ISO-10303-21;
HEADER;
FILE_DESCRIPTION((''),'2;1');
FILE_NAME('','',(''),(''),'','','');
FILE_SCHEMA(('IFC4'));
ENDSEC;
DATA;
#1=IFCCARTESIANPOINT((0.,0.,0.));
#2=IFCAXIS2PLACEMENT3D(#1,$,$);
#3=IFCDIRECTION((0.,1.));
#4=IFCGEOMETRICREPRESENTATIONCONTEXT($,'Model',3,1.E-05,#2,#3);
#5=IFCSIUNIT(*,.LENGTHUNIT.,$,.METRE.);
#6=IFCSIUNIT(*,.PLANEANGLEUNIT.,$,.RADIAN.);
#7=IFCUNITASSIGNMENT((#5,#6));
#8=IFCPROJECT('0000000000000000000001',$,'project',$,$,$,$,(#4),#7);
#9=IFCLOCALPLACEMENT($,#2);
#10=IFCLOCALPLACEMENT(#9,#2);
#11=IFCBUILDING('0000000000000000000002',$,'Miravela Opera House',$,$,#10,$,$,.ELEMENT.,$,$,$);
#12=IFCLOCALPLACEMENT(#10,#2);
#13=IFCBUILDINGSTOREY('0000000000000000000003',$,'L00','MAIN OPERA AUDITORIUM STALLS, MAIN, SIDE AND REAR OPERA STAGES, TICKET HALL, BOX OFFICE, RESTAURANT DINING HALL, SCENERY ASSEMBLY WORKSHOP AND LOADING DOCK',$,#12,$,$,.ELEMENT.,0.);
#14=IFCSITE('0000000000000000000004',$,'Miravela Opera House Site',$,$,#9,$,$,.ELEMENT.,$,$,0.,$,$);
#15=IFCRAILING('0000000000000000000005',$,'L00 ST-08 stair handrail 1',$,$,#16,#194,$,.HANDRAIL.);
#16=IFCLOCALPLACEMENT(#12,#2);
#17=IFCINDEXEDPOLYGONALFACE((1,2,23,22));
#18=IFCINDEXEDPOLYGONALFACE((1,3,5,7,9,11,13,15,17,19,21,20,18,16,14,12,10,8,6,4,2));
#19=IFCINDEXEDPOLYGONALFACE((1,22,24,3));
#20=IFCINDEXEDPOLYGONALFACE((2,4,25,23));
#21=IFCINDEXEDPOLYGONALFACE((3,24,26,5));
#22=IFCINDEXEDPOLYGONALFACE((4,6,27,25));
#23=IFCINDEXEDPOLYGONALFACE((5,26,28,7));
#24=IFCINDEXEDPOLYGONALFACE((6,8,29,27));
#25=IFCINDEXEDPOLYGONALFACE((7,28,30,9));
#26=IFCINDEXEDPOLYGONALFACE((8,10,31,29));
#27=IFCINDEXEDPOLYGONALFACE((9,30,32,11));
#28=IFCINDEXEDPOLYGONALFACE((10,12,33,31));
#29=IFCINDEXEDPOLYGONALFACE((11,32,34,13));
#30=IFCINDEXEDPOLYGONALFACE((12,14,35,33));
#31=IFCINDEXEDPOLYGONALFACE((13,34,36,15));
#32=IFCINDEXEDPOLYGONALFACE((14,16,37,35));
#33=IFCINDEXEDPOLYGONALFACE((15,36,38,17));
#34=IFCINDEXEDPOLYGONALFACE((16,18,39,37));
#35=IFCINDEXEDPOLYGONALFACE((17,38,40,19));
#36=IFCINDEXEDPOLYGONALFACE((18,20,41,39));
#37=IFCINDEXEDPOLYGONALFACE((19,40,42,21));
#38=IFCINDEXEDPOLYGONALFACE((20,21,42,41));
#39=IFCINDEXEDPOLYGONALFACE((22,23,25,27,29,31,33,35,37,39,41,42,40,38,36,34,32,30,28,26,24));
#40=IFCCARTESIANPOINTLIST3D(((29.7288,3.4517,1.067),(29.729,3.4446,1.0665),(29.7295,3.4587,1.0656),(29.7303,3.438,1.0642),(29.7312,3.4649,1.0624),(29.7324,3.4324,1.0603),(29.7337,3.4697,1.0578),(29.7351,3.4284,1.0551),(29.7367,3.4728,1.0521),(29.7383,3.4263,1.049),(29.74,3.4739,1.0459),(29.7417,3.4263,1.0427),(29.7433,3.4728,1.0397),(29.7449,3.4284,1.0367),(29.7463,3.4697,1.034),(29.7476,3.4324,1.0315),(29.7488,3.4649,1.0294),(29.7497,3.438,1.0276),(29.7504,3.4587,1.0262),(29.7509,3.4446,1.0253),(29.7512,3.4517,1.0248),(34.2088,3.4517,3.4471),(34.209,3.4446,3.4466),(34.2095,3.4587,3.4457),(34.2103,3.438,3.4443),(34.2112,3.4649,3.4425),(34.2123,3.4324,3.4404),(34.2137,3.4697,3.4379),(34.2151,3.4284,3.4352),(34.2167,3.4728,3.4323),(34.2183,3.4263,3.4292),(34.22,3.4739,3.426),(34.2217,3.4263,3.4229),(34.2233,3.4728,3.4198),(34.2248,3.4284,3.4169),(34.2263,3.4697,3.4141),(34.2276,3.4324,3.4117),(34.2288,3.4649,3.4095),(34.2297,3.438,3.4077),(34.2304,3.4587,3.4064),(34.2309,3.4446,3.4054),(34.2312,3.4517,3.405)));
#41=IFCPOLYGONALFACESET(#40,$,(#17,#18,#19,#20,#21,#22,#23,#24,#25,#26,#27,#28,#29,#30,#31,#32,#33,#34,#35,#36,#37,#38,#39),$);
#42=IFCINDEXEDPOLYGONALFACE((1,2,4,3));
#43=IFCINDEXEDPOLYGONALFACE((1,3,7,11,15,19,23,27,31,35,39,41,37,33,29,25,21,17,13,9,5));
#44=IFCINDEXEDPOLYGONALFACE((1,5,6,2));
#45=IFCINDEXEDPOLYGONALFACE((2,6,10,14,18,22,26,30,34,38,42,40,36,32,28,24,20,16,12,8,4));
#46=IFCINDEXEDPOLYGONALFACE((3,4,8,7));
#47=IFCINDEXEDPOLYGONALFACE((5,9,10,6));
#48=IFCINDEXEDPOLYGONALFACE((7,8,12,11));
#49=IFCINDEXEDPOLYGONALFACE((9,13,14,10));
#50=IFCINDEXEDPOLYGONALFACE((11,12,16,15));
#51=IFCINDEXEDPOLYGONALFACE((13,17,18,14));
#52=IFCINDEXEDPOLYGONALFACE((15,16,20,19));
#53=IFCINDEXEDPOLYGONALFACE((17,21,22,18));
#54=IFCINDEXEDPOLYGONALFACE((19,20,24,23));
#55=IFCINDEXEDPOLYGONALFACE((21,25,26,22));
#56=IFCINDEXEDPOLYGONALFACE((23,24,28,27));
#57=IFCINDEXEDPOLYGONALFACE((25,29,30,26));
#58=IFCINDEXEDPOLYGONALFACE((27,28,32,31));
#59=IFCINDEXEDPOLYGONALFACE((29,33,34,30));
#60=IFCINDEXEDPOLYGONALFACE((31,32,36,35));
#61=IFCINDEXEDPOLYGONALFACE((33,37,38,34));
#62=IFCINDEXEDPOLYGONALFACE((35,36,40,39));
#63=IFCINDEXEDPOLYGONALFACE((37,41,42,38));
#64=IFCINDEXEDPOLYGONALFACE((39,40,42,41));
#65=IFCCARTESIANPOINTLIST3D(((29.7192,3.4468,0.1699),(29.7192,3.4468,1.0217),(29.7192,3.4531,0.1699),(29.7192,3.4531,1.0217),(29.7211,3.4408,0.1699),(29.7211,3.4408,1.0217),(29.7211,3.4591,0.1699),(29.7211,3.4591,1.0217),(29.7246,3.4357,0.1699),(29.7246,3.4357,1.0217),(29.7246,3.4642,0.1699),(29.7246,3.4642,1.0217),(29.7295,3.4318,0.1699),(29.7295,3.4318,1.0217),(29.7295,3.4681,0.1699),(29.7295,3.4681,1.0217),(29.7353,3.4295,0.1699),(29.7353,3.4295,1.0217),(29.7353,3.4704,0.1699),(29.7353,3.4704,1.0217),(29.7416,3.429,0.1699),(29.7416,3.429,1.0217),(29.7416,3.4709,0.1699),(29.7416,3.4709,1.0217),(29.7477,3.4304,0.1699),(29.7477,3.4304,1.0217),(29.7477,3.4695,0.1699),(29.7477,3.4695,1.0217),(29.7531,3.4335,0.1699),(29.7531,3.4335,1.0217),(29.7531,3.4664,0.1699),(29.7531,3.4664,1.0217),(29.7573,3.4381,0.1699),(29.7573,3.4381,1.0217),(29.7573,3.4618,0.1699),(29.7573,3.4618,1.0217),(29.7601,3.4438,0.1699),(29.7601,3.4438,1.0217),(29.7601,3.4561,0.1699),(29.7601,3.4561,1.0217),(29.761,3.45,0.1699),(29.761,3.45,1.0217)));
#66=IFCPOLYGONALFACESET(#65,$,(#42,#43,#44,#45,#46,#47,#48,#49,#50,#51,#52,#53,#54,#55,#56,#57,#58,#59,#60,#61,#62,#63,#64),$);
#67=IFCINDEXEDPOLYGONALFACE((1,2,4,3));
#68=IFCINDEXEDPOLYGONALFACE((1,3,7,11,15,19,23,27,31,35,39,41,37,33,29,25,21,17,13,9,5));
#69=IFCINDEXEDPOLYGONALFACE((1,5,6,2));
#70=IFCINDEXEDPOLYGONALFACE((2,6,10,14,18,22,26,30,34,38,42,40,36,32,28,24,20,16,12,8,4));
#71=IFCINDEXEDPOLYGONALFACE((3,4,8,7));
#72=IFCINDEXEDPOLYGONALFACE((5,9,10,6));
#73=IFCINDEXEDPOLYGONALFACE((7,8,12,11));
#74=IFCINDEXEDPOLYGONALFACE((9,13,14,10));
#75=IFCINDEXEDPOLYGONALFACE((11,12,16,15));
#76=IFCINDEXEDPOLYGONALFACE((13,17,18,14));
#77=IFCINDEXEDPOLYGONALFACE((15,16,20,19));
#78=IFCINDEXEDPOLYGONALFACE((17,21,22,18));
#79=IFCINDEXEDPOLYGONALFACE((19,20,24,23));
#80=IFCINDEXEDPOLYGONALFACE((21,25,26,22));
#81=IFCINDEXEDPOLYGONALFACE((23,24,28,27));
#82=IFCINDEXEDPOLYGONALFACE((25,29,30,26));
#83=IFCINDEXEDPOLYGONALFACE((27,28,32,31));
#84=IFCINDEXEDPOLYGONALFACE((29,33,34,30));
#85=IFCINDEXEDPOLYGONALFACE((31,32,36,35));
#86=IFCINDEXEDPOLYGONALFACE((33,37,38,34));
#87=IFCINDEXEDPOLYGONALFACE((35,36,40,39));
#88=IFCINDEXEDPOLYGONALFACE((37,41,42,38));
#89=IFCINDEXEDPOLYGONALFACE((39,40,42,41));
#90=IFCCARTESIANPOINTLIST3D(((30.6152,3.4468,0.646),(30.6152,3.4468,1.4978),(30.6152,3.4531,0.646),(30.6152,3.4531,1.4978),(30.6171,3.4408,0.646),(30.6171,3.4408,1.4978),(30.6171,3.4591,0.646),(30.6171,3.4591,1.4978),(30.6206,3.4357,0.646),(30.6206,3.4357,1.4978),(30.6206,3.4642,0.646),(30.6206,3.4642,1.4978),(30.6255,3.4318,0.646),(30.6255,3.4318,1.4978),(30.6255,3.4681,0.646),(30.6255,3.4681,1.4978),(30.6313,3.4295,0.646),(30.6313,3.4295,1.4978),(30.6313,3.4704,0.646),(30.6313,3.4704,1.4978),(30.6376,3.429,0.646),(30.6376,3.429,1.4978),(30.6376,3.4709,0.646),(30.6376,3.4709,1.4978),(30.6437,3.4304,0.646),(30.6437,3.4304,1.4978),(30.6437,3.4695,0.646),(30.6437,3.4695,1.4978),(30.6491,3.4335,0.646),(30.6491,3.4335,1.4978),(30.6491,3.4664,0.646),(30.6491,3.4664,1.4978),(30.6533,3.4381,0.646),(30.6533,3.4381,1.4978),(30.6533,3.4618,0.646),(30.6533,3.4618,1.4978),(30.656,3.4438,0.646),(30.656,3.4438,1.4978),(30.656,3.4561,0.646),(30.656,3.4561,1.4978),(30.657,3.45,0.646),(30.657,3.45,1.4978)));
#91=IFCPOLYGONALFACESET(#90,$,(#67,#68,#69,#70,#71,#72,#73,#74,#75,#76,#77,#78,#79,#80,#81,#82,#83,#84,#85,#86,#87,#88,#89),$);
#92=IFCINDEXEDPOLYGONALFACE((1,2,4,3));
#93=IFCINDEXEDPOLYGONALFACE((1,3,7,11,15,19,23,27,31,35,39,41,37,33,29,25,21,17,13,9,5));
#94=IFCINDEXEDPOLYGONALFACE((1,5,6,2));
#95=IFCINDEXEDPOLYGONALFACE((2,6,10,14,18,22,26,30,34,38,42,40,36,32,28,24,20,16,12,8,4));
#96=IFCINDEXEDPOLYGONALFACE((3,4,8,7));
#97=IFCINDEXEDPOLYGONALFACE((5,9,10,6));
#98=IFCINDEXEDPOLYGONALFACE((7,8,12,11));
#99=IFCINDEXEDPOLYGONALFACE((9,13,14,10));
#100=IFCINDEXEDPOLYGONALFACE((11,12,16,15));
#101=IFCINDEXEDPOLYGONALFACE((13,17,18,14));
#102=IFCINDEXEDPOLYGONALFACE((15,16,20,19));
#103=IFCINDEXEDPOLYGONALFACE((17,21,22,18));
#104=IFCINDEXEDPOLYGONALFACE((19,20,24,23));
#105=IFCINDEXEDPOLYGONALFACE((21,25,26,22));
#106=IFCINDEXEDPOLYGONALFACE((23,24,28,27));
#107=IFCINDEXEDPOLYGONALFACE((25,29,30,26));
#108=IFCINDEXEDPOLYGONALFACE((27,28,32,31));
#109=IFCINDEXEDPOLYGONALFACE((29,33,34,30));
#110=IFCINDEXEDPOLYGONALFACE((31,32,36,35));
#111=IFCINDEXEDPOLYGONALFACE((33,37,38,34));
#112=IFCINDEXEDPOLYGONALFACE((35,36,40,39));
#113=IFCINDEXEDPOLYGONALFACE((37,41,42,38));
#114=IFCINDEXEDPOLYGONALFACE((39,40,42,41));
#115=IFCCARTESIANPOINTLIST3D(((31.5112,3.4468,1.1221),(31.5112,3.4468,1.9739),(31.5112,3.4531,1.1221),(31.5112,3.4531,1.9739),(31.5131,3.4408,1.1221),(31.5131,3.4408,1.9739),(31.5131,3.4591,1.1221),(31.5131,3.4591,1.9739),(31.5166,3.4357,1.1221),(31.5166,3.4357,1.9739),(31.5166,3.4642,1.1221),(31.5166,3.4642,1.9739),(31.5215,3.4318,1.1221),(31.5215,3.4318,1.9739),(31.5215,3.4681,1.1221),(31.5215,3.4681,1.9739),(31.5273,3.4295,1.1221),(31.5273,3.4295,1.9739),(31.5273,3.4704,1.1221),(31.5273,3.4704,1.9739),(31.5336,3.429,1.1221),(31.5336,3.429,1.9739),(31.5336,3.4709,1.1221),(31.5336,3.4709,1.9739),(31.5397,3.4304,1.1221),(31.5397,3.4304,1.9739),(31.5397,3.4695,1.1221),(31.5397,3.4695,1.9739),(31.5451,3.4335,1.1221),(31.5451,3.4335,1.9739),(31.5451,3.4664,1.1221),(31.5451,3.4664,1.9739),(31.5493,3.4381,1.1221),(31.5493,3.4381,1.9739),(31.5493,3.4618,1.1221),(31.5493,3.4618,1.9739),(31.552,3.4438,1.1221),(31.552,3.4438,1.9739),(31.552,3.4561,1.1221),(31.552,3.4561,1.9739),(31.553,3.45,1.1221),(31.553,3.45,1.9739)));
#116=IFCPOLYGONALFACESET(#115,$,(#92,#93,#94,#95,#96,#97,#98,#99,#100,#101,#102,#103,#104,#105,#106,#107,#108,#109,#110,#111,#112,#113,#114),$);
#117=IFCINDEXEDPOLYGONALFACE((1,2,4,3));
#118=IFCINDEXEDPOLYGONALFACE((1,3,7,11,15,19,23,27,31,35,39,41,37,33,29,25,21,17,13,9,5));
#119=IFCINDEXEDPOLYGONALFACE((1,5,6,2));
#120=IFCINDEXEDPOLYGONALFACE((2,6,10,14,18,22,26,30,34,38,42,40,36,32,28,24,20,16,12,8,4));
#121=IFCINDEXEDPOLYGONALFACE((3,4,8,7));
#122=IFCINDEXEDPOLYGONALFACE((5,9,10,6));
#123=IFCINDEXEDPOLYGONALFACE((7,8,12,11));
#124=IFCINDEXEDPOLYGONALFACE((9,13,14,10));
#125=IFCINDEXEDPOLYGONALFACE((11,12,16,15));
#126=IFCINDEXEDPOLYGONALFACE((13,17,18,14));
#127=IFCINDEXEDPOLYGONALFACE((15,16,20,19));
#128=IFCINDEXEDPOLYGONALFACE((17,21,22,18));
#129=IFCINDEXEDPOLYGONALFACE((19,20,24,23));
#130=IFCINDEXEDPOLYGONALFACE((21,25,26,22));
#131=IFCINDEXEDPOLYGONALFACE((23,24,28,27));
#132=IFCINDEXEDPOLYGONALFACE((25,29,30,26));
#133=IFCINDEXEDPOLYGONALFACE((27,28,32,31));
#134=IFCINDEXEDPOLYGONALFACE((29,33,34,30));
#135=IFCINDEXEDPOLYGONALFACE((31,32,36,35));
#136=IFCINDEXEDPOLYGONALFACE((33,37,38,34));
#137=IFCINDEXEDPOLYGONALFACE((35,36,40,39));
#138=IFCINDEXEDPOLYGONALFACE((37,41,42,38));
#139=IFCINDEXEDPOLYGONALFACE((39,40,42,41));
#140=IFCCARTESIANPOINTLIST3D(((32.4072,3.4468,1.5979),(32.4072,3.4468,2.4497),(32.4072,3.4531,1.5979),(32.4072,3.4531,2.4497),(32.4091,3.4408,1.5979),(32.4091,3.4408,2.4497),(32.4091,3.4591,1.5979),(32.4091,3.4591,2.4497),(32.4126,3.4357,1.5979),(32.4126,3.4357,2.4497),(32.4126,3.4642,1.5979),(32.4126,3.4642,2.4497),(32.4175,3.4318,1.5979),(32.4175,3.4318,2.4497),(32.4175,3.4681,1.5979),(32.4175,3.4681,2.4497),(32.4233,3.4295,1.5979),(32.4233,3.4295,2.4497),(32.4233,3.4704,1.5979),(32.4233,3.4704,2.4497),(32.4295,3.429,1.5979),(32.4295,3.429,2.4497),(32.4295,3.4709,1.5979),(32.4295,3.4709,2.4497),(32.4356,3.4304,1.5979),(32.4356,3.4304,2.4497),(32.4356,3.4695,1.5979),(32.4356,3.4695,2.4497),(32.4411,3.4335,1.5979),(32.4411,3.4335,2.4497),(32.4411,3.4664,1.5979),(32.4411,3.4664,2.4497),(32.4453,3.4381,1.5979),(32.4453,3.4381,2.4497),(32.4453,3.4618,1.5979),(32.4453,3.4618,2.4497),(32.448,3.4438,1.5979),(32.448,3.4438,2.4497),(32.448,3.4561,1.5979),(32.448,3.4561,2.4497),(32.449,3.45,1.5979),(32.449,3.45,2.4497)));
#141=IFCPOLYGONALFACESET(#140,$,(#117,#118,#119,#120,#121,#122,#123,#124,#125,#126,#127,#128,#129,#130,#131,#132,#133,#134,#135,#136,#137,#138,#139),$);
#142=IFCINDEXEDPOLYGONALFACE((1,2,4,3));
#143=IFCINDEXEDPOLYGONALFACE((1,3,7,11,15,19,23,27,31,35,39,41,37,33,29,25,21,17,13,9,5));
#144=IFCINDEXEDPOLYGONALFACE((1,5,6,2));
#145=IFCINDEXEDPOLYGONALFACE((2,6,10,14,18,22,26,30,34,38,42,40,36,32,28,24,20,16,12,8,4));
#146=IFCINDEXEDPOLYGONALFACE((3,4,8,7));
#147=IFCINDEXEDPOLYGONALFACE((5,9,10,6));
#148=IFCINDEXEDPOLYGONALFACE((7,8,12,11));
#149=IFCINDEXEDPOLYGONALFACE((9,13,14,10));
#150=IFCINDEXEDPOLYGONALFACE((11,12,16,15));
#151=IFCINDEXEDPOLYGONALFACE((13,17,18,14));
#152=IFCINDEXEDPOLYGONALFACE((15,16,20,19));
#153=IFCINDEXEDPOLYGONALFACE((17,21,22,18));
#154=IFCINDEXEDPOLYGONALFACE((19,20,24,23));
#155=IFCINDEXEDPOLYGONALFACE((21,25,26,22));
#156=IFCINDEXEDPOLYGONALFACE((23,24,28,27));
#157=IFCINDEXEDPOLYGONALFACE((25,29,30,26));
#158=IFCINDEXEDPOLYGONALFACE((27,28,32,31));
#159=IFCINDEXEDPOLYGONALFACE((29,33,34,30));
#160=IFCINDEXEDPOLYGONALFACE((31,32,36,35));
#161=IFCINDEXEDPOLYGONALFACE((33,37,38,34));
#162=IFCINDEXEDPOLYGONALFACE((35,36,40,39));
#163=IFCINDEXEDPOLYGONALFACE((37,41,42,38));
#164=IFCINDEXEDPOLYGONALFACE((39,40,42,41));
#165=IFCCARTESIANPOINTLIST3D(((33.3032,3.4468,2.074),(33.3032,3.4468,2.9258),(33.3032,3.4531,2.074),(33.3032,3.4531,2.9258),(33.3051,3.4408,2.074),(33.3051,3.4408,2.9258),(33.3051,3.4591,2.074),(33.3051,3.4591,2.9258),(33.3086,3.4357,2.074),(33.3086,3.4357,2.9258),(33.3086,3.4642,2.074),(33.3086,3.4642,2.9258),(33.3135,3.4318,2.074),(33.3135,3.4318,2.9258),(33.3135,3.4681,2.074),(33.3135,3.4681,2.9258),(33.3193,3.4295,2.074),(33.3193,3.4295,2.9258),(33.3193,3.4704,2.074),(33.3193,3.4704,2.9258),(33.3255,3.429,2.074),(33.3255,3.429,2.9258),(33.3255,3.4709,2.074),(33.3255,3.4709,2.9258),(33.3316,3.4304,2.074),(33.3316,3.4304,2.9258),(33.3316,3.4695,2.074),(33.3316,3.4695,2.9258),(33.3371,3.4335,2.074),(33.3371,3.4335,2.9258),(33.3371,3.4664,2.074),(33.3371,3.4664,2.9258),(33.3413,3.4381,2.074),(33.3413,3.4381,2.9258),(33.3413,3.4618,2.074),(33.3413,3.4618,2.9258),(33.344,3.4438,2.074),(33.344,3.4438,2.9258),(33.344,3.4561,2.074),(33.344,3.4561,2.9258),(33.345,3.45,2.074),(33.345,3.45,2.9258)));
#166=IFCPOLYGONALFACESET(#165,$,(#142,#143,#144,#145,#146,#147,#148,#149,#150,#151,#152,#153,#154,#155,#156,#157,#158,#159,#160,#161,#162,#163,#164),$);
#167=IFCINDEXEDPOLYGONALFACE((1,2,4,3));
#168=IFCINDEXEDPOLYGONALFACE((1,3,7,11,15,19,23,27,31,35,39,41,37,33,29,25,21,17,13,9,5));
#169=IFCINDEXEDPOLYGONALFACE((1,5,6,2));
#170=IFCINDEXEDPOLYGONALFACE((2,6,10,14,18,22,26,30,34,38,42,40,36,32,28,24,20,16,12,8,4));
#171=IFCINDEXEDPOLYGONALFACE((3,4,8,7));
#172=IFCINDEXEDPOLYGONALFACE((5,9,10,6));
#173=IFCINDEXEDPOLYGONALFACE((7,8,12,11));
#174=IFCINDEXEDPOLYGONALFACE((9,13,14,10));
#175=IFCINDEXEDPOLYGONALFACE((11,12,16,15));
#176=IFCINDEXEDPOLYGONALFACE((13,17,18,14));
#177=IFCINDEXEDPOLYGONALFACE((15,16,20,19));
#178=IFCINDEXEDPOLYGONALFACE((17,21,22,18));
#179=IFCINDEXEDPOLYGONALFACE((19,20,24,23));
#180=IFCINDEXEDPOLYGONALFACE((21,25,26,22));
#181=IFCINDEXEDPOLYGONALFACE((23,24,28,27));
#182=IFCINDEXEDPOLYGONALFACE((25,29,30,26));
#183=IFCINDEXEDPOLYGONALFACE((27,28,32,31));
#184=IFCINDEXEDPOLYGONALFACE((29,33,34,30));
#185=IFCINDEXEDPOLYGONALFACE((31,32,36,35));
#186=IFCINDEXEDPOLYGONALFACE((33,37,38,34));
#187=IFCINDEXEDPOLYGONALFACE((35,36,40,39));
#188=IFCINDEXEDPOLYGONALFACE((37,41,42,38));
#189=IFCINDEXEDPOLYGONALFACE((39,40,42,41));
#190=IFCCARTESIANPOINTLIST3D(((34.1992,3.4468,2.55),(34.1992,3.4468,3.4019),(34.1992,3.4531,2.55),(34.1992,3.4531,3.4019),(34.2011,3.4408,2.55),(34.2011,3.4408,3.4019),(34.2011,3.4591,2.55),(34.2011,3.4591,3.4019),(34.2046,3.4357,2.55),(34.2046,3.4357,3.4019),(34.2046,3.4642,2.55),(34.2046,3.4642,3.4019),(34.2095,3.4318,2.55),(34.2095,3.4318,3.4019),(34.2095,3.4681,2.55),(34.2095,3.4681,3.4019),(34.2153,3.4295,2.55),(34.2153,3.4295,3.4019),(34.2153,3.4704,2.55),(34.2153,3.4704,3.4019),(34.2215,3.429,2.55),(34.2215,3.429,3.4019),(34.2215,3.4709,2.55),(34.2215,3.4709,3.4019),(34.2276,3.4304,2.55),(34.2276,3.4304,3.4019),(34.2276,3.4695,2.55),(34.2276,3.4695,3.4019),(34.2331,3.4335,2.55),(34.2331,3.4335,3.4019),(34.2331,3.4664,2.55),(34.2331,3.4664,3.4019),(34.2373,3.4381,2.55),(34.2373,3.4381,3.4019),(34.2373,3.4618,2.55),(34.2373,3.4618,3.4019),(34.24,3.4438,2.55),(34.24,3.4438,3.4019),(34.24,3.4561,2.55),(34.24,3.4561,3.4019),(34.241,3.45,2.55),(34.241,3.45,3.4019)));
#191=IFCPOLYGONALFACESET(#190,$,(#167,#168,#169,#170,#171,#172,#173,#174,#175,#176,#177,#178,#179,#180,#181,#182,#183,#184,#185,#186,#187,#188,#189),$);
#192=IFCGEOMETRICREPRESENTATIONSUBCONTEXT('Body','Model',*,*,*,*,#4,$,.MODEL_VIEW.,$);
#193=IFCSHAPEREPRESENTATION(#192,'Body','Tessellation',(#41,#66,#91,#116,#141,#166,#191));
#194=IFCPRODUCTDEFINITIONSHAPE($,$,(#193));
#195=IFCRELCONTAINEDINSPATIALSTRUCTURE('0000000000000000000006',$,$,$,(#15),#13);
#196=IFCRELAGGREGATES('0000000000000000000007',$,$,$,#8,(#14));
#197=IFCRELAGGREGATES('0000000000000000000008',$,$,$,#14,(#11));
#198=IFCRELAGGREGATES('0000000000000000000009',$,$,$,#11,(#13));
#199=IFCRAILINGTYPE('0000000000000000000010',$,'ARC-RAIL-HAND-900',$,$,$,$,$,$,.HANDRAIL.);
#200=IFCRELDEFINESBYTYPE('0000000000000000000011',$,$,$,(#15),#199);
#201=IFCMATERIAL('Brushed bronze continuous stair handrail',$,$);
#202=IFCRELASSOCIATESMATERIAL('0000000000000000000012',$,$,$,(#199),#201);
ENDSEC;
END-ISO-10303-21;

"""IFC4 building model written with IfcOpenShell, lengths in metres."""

from ifc_helpers import new_model, si_unit, direction, frame, origin, origin_2d, place, context, subcontext, project, spatial, circle, extrude, material, type_object, element, save


model = new_model("IFC4")

# Units and contexts
model_context = context("Model", 3, precision=1e-05, world=origin(), true_north=direction((0.0, 1.0)))
body_context = subcontext(model_context, "Body", "Model", "MODEL_VIEW")
ifc_project = project(units=[si_unit("LENGTHUNIT", "METRE"), si_unit("PLANEANGLEUNIT", "RADIAN")], contexts=[model_context])

# Site, building, storey
site_placement = place(None, origin())
site = spatial("IfcSite", under=ifc_project, at=site_placement, Name="Miravela Opera House Site", CompositionType="ELEMENT", RefElevation=0.0)
building_placement = place(site_placement, origin())
building = spatial("IfcBuilding", under=site, at=building_placement, Name="Miravela Opera House", CompositionType="ELEMENT")
storey_placement = place(building_placement, origin())
storey = spatial("IfcBuildingStorey", under=building, at=storey_placement, Name="L00", Description="MAIN OPERA AUDITORIUM STALLS, MAIN, SIDE AND REAR OPERA STAGES, TICKET HALL, BOX OFFICE, RESTAURANT DINING HALL, SCENERY ASSEMBLY WORKSHOP AND LOADING DOCK", CompositionType="ELEMENT", Elevation=0.0)

# Railing
ifc_material_1 = material(Name="Brushed bronze continuous stair handrail")
railing_type_1 = type_object("IfcRailingType", Name="ARC-RAIL-HAND-900", PredefinedType="HANDRAIL", material=ifc_material_1)
railing_1_placement = place(storey_placement, frame((29.74, 3.45, 0.1699)))
element("IfcRailing", 1, at=railing_1_placement, inside=storey, type_object=railing_type_1, Name="L00 ST-08 stair handrail 1", PredefinedType="HANDRAIL", context=body_context, shape_type="SweptSolid", body=[
    extrude(circle(Radius=0.0239, at=origin_2d()), frame((0.0, 0.0, 0.876), z_axis=(0.883105, 0.0, 0.469176), x_axis=(0.0, 1.0, 0.0)), (0.0, 0.0, 1.0), 5.073),
    extrude(circle(Radius=0.021, at=origin_2d()), origin(), (0.0, 0.0, 1.0), 0.8518),
    extrude(circle(Radius=0.021, at=origin_2d()), frame((0.896, 0.0, 0.4761)), (0.0, 0.0, 1.0), 0.8518),
    extrude(circle(Radius=0.021, at=origin_2d()), frame((1.792, 0.0, 0.9521)), (0.0, 0.0, 1.0), 0.8518),
    extrude(circle(Radius=0.021, at=origin_2d()), frame((2.688, 0.0, 1.428)), (0.0, 0.0, 1.0), 0.8518),
    extrude(circle(Radius=0.021, at=origin_2d()), frame((3.584, 0.0, 1.9041)), (0.0, 0.0, 1.0), 0.8518),
    extrude(circle(Radius=0.021, at=origin_2d()), frame((4.48, 0.0, 2.3801)), (0.0, 0.0, 1.0), 0.8518),
])

save(model, "model.ifc")
